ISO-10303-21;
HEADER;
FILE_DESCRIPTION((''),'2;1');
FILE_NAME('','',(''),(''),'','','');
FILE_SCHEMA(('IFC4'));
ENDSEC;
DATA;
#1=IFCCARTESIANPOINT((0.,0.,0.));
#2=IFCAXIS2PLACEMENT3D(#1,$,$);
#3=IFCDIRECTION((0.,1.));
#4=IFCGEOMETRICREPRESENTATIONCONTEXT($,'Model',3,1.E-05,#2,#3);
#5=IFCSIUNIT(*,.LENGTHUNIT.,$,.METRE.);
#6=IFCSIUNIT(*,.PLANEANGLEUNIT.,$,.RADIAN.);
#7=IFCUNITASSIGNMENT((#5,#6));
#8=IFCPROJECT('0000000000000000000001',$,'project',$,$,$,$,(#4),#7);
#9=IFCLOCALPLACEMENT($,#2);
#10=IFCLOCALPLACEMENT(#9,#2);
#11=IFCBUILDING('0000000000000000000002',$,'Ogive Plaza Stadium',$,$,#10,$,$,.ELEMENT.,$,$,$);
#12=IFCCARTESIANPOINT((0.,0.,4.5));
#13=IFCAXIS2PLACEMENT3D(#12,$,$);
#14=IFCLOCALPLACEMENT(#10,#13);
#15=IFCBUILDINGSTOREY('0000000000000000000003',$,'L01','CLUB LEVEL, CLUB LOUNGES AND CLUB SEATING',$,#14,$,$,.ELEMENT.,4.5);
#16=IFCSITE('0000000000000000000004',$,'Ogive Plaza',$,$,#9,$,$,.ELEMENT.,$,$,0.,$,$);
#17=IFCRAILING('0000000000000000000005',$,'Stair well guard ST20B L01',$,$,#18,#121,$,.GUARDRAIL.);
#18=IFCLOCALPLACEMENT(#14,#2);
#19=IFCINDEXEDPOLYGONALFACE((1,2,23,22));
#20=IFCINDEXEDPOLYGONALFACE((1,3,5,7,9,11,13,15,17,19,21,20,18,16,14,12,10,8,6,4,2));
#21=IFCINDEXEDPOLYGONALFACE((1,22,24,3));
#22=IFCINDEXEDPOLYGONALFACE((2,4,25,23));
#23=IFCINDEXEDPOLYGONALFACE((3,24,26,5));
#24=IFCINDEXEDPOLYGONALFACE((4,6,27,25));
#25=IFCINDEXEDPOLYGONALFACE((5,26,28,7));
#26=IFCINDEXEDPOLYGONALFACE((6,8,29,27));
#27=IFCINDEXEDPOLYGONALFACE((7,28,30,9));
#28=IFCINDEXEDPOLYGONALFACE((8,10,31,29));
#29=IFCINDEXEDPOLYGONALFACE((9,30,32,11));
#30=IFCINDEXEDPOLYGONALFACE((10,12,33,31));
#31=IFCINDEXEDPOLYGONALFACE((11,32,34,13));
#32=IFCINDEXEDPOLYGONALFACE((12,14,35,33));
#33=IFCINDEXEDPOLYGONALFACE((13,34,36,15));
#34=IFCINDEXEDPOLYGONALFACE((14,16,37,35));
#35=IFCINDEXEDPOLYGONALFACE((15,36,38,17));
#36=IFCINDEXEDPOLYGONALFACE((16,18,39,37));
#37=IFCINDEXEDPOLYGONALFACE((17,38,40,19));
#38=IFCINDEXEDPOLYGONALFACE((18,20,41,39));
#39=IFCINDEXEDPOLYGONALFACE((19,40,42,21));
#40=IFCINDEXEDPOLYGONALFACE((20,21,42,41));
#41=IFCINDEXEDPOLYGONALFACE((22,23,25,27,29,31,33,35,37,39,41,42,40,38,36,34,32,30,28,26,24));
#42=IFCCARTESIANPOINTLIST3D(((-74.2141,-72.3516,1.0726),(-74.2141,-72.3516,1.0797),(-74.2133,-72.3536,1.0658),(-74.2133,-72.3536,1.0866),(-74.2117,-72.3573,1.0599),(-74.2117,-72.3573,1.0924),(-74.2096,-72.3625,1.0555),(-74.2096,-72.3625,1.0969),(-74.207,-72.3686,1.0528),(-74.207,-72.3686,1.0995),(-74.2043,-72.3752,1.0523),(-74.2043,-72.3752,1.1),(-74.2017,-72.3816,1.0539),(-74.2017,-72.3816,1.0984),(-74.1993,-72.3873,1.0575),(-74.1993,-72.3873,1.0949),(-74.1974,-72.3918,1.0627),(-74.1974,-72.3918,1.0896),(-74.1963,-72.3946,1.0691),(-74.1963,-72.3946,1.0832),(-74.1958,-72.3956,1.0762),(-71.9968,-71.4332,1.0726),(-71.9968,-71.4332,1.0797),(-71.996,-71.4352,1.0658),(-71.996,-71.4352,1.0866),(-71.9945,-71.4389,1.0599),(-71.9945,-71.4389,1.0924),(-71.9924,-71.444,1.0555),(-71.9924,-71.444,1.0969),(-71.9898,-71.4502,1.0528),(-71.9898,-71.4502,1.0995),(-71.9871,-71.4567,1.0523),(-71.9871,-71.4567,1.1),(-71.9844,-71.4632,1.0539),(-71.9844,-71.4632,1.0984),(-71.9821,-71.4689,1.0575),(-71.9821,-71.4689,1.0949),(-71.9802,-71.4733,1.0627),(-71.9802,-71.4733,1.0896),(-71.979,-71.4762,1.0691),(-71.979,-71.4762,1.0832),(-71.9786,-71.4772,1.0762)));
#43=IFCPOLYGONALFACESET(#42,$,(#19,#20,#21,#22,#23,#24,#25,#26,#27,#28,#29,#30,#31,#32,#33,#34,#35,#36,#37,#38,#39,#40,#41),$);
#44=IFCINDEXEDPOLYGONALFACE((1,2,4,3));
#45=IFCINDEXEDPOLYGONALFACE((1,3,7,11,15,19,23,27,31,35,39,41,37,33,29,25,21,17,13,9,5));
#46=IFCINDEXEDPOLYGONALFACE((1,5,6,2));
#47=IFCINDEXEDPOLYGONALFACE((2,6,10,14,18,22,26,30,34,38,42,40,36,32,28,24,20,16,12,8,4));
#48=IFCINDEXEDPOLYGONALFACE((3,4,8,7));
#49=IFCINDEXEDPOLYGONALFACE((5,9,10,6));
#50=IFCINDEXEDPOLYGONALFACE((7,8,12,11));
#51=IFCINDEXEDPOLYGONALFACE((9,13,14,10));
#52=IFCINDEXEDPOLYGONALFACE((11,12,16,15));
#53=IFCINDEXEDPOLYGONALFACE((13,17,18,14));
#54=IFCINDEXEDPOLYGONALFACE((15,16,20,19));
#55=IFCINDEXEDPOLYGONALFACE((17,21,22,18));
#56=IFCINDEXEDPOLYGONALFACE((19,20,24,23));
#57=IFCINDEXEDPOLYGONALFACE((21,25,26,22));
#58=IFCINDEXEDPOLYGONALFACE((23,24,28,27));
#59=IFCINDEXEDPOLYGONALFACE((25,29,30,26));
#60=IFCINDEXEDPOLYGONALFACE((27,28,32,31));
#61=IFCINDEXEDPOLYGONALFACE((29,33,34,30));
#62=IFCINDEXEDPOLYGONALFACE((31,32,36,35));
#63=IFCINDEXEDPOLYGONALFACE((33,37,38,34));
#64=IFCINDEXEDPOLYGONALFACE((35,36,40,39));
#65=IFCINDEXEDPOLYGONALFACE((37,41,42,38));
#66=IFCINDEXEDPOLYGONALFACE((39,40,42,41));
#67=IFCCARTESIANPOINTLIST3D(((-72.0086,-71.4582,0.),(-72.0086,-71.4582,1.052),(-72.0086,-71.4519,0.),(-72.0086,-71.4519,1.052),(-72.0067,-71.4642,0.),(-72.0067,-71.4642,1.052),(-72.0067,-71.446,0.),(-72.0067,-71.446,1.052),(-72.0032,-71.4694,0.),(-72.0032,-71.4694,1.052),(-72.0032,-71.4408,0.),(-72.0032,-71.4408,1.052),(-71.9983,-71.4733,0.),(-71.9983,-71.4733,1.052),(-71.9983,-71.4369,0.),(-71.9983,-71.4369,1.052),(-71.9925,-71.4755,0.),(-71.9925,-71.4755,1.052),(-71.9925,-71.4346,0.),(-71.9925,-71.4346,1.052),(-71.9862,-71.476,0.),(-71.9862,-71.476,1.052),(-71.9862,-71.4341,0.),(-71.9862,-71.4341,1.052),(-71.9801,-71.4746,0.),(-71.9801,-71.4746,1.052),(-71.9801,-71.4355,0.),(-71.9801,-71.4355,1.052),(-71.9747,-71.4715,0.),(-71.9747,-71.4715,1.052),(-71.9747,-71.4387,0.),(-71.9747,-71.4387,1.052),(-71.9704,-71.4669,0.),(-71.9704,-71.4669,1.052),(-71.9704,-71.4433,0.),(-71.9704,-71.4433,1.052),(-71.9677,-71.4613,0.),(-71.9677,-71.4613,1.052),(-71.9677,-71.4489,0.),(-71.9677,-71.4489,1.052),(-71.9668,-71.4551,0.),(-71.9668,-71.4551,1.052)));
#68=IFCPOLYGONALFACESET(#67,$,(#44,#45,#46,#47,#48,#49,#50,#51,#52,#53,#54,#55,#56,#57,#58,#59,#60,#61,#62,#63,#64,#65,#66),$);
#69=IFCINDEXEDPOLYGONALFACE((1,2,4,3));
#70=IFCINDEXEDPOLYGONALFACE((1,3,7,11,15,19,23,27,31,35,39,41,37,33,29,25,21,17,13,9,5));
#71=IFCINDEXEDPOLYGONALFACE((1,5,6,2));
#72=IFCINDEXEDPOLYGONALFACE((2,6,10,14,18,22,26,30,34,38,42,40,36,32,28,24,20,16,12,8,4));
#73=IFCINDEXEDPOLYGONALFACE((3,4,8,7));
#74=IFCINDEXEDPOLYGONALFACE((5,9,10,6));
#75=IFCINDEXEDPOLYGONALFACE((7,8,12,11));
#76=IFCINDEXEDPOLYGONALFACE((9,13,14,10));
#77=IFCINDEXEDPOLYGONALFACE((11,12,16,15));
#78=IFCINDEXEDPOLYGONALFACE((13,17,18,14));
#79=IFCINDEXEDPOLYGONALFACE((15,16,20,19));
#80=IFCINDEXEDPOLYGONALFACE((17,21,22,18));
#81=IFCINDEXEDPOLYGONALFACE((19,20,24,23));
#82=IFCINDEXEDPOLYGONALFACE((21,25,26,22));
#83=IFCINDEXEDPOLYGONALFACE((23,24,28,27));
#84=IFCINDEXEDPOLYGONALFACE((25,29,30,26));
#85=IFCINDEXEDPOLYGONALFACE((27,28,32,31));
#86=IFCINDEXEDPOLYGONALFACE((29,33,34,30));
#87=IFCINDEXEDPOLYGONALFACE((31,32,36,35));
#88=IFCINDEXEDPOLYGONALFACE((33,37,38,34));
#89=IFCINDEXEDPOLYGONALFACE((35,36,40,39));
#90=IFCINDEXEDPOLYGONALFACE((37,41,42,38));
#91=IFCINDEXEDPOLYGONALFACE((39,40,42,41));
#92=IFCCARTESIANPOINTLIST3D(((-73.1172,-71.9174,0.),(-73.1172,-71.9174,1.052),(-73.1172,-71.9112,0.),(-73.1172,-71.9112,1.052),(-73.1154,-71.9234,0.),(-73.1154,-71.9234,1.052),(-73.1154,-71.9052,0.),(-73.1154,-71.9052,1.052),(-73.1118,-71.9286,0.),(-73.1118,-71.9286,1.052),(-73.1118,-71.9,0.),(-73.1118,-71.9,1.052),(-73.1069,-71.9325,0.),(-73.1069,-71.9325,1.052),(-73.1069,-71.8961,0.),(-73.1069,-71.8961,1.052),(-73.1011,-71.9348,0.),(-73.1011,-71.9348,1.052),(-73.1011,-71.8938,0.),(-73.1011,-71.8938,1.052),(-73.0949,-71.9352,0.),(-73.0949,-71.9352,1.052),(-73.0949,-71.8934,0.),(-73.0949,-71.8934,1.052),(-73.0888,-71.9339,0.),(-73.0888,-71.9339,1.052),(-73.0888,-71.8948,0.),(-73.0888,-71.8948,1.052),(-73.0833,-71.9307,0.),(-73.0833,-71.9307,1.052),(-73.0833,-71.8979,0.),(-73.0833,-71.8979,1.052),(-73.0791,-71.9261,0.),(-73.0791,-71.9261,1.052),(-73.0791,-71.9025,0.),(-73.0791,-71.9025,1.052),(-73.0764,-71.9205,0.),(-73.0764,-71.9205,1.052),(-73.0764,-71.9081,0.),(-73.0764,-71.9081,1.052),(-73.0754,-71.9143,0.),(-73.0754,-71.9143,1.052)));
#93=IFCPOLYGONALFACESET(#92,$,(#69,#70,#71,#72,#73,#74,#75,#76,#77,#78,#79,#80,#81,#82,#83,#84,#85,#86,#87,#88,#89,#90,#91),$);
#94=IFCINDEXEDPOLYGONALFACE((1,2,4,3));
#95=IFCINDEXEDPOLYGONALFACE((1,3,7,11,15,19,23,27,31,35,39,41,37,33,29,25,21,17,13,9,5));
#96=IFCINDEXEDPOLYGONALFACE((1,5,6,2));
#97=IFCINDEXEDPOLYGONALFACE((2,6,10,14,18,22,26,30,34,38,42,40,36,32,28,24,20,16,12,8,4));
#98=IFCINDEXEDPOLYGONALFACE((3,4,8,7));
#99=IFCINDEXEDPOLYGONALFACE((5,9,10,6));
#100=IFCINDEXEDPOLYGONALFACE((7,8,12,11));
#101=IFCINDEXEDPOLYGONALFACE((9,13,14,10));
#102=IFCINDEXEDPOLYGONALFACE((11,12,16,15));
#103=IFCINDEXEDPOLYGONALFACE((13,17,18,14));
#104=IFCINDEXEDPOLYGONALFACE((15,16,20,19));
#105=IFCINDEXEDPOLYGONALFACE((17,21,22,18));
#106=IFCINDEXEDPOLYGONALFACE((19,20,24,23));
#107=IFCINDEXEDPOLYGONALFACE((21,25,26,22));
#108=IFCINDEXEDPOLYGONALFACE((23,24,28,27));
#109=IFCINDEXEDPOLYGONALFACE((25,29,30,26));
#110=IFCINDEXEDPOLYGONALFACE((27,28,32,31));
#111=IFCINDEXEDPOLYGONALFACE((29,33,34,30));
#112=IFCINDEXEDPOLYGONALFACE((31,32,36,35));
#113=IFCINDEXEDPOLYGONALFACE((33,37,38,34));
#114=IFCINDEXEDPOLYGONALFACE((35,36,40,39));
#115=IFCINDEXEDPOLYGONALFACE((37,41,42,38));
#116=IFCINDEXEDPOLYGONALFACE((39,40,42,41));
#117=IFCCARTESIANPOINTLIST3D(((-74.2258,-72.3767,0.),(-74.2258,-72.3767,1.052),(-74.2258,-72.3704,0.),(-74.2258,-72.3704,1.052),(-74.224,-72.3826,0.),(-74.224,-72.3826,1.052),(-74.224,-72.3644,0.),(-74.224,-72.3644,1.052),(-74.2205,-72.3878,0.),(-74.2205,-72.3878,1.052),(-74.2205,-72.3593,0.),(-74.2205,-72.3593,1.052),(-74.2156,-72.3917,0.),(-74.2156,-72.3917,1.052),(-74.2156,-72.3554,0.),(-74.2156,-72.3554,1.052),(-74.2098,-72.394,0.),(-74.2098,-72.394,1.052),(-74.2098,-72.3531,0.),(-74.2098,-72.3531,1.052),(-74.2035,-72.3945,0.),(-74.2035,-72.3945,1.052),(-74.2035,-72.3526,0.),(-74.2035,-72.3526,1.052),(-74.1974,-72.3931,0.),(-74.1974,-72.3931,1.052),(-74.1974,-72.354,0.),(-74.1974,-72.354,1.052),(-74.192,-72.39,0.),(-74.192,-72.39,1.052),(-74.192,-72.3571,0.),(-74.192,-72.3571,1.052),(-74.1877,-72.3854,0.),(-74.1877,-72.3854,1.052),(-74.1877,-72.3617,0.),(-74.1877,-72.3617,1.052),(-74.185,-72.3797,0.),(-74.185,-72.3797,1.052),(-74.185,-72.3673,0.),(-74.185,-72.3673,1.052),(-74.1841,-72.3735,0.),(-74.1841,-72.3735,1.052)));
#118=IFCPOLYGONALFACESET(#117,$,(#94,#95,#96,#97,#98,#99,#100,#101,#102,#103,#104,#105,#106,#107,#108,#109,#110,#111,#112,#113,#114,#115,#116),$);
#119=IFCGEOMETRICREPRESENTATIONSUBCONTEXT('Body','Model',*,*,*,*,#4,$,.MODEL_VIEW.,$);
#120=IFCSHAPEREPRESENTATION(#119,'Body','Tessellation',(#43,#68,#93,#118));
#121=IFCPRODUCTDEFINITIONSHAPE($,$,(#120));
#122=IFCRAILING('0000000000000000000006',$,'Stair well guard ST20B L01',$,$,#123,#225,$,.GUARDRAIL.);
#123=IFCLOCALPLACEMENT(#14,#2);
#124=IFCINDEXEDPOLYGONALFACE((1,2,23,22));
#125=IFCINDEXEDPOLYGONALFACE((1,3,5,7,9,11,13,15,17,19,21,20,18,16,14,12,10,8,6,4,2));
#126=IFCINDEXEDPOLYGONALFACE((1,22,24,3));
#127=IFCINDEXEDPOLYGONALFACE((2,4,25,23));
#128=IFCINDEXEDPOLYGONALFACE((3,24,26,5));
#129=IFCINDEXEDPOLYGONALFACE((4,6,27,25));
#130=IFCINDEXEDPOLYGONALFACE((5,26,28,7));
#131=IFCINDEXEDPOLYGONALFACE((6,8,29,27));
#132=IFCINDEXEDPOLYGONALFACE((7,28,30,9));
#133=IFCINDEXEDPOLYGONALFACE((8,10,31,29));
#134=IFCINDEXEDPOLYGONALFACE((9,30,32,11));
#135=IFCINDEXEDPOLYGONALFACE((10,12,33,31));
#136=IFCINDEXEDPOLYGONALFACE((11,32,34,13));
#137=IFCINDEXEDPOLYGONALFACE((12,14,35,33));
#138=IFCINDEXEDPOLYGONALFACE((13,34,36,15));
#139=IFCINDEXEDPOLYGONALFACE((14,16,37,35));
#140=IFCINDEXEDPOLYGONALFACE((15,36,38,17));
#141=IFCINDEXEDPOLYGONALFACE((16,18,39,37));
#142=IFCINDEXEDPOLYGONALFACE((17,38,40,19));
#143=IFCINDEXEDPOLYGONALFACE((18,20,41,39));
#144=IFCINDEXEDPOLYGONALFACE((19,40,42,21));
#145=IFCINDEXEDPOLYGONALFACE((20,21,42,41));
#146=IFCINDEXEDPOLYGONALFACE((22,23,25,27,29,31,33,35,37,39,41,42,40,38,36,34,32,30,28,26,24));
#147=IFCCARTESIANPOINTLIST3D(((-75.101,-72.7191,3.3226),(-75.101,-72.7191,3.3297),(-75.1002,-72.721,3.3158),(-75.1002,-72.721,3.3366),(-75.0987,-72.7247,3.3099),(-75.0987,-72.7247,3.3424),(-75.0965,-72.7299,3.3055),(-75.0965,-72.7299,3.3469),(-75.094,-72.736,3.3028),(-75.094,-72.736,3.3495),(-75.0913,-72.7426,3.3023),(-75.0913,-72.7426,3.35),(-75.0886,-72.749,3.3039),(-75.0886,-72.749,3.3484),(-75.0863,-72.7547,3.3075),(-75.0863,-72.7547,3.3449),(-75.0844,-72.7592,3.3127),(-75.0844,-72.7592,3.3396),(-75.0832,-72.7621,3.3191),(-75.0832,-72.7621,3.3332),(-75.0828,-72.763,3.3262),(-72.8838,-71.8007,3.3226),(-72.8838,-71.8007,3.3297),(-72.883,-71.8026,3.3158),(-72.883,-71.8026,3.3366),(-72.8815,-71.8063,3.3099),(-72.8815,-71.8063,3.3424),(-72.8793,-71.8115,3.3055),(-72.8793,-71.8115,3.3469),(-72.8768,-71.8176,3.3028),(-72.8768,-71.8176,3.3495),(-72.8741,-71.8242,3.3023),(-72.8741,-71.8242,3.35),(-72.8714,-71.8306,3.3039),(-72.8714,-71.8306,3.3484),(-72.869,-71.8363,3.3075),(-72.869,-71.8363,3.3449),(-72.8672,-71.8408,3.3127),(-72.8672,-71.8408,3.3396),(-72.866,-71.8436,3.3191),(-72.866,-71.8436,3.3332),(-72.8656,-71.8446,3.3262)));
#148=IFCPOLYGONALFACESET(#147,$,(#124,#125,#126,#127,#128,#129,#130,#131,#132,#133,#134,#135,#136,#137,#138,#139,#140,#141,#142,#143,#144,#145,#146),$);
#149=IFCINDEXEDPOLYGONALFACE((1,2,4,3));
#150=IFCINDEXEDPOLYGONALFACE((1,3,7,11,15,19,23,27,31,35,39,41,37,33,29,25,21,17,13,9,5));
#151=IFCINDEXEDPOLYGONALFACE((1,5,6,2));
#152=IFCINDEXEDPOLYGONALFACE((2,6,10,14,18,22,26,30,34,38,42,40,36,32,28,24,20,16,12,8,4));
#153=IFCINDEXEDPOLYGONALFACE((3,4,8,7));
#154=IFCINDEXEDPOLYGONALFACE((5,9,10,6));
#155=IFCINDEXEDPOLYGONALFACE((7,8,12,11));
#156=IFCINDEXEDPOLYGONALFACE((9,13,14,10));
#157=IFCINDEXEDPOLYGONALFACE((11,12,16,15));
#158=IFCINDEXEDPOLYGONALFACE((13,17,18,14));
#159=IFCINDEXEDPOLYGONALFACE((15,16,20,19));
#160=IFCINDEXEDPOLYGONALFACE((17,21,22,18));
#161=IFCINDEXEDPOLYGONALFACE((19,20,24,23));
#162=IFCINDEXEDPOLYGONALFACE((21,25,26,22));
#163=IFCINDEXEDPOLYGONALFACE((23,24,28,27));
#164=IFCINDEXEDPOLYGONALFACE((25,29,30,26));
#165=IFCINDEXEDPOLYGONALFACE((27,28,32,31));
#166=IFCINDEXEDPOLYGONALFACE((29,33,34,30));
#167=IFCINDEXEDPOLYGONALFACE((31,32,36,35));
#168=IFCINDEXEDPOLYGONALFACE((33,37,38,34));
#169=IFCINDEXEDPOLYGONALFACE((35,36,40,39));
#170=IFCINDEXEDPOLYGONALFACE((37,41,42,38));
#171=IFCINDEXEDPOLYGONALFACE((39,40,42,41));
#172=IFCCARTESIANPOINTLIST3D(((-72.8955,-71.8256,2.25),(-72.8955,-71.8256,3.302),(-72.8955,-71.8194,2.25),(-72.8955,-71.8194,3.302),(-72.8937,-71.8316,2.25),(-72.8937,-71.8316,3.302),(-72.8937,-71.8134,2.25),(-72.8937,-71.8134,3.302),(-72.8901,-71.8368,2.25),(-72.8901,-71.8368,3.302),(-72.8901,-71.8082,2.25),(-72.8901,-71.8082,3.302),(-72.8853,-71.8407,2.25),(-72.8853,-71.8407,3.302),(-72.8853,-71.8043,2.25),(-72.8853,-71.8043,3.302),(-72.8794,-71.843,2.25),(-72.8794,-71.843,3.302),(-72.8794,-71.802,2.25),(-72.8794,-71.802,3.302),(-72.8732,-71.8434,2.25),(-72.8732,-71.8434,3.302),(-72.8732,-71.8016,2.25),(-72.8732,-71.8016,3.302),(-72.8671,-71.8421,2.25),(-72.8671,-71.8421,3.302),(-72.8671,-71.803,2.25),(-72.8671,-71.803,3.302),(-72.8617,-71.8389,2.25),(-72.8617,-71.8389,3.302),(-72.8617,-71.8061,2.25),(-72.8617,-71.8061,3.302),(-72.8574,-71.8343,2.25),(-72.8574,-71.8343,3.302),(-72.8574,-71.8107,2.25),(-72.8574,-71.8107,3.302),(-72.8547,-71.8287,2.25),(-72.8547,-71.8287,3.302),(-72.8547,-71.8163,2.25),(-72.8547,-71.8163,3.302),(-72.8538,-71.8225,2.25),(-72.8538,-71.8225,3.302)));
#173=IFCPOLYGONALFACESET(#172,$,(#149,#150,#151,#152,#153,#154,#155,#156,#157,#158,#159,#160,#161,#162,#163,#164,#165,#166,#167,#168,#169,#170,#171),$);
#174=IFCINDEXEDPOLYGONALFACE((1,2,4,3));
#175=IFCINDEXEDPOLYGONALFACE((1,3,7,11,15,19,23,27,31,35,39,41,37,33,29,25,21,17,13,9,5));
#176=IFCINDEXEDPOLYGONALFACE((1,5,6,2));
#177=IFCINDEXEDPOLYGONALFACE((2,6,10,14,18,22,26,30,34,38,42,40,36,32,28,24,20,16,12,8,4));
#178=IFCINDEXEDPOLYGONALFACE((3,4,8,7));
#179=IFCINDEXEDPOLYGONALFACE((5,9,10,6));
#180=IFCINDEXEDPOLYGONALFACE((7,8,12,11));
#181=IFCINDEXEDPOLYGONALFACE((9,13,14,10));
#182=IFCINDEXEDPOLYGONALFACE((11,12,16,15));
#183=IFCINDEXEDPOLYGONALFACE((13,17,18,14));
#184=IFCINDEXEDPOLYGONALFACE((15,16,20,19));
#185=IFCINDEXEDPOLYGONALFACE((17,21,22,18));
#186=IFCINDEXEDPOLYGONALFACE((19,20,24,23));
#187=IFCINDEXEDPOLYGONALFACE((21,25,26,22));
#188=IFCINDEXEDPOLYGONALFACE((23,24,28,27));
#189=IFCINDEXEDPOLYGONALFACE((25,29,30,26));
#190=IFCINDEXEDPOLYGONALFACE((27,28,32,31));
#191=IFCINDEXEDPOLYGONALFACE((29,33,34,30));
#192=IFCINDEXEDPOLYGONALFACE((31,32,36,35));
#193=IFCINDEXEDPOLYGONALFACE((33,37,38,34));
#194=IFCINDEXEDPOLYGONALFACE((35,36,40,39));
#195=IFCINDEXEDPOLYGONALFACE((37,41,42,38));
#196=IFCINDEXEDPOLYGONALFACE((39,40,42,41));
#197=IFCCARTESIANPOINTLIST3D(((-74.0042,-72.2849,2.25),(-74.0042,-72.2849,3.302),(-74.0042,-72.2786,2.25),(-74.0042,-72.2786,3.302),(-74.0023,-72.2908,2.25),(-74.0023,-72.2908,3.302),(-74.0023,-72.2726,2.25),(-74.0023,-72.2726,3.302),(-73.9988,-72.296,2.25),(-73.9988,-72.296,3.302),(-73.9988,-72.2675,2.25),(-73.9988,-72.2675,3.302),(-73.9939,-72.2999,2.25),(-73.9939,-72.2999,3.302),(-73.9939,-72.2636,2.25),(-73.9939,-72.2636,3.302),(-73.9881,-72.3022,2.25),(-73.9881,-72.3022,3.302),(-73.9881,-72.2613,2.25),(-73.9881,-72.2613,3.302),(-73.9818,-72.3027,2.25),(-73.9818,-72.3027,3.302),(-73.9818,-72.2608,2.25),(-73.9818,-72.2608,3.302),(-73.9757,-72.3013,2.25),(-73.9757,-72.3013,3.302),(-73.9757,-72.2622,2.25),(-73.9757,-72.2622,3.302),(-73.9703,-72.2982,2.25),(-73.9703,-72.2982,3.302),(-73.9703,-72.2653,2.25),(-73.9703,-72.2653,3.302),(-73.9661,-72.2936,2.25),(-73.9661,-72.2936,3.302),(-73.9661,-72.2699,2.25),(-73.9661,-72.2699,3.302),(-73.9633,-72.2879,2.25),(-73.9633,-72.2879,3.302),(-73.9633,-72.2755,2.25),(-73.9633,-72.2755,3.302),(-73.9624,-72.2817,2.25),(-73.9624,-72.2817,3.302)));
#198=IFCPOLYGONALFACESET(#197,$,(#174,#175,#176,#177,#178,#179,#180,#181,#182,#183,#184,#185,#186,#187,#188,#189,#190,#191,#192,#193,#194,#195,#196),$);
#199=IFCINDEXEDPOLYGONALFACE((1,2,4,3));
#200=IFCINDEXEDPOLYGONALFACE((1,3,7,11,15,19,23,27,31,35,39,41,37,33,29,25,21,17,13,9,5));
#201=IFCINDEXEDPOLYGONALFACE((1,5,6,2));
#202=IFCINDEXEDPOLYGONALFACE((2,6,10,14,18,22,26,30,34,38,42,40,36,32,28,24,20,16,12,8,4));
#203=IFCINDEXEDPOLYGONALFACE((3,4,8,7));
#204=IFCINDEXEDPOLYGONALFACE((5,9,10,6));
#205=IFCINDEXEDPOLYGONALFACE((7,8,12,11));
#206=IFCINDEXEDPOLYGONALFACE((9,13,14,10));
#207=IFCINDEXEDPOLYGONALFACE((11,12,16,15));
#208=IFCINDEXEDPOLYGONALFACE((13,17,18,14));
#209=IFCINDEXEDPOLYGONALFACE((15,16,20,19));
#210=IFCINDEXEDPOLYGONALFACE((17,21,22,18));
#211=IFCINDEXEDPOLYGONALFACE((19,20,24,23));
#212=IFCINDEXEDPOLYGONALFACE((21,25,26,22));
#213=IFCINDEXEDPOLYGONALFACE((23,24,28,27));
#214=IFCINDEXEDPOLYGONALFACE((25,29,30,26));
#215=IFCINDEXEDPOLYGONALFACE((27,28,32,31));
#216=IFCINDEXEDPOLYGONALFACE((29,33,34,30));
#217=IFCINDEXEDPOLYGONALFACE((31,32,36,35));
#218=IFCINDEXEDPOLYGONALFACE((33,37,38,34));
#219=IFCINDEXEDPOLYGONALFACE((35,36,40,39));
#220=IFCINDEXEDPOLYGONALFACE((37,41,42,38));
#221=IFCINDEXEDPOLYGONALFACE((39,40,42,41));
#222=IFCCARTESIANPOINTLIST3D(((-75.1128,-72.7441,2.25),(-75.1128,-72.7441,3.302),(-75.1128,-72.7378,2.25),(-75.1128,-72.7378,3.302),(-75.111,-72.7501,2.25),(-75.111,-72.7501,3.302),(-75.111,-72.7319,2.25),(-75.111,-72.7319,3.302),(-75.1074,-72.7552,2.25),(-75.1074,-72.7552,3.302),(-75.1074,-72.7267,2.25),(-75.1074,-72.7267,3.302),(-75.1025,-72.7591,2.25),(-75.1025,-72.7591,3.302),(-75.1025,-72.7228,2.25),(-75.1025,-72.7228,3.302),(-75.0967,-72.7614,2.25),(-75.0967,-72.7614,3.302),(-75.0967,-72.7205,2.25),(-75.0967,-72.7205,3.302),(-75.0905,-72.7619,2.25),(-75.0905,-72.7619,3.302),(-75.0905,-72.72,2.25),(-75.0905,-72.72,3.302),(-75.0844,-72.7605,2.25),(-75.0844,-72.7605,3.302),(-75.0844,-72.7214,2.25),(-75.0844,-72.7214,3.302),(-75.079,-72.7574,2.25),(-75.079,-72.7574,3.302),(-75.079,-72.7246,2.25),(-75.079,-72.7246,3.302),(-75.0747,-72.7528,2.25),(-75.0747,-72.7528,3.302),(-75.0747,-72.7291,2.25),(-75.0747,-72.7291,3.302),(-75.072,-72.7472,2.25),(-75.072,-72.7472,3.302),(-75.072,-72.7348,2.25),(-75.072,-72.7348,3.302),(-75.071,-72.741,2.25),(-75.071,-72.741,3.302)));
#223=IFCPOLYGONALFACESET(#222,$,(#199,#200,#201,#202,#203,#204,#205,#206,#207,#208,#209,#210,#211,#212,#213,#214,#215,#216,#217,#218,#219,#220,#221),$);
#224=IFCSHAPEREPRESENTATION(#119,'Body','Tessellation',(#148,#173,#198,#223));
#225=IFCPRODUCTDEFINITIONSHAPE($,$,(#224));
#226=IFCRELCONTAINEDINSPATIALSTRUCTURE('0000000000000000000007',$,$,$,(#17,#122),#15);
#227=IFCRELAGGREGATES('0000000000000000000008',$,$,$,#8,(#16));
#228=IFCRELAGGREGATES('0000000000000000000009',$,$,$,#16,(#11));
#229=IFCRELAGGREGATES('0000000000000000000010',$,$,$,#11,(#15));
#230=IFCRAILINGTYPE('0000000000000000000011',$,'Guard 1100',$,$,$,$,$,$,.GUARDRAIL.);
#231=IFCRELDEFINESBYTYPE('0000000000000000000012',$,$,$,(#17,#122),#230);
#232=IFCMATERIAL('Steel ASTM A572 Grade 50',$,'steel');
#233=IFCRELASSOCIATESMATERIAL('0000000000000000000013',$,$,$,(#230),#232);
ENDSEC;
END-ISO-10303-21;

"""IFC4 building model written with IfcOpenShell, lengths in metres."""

from ifc_helpers import new_model, si_unit, direction, frame, origin, origin_2d, place, context, subcontext, project, spatial, circle, extrude, material, type_object, element, save


model = new_model("IFC4")

# Units and contexts
model_context = context("Model", 3, precision=1e-05, world=origin(), true_north=direction((0.0, 1.0)))
body_context = subcontext(model_context, "Body", "Model", "MODEL_VIEW")
ifc_project = project(units=[si_unit("LENGTHUNIT", "METRE"), si_unit("PLANEANGLEUNIT", "RADIAN")], contexts=[model_context])

# Site, building, storey
site_placement = place(None, origin())
site = spatial("IfcSite", under=ifc_project, at=site_placement, Name="Ogive Plaza", CompositionType="ELEMENT", RefElevation=0.0)
building_placement = place(site_placement, origin())
building = spatial("IfcBuilding", under=site, at=building_placement, Name="Ogive Plaza Stadium", CompositionType="ELEMENT")
storey_placement = place(building_placement, frame((0.0, 0.0, 4.5)))
storey = spatial("IfcBuildingStorey", under=building, at=storey_placement, Name="L01", Description="CLUB LEVEL, CLUB LOUNGES AND CLUB SEATING", CompositionType="ELEMENT", Elevation=4.5)

# Railings
ifc_material_1 = material(Name="Steel ASTM A572 Grade 50", Category="steel")
railing_type_1 = type_object("IfcRailingType", Name="Guard 1100", PredefinedType="GUARDRAIL", material=ifc_material_1)
for number, where, name in (
    (1, (-71.9878, -71.4551, 0.0), "Stair well guard ST20B L01"),
    (2, (-72.8748, -71.8225, 2.25), "Stair well guard ST20B L01"),
):
    element("IfcRailing", number, at=place(storey_placement, frame(where)), inside=storey, type_object=railing_type_1, Name=name, PredefinedType="GUARDRAIL", context=body_context, shape_type="SweptSolid", body=[
        extrude(circle(Radius=0.0239, at=origin_2d()), frame((0.0, 0.0, 1.0762), z_axis=(-0.923875, -0.382693, 0.0), x_axis=(0.382693, -0.923875, 0.0)), (0.0, 0.0, 1.0), 2.3999),
        extrude(circle(Radius=0.021, at=origin_2d()), origin(), (0.0, 0.0, 1.0), 1.052),
        extrude(circle(Radius=0.021, at=origin_2d()), frame((-1.1086, -0.4592, 0.0)), (0.0, 0.0, 1.0), 1.052),
        extrude(circle(Radius=0.021, at=origin_2d()), frame((-2.2173, -0.9185, 0.0)), (0.0, 0.0, 1.0), 1.052),
    ])

save(model, "model.ifc")
